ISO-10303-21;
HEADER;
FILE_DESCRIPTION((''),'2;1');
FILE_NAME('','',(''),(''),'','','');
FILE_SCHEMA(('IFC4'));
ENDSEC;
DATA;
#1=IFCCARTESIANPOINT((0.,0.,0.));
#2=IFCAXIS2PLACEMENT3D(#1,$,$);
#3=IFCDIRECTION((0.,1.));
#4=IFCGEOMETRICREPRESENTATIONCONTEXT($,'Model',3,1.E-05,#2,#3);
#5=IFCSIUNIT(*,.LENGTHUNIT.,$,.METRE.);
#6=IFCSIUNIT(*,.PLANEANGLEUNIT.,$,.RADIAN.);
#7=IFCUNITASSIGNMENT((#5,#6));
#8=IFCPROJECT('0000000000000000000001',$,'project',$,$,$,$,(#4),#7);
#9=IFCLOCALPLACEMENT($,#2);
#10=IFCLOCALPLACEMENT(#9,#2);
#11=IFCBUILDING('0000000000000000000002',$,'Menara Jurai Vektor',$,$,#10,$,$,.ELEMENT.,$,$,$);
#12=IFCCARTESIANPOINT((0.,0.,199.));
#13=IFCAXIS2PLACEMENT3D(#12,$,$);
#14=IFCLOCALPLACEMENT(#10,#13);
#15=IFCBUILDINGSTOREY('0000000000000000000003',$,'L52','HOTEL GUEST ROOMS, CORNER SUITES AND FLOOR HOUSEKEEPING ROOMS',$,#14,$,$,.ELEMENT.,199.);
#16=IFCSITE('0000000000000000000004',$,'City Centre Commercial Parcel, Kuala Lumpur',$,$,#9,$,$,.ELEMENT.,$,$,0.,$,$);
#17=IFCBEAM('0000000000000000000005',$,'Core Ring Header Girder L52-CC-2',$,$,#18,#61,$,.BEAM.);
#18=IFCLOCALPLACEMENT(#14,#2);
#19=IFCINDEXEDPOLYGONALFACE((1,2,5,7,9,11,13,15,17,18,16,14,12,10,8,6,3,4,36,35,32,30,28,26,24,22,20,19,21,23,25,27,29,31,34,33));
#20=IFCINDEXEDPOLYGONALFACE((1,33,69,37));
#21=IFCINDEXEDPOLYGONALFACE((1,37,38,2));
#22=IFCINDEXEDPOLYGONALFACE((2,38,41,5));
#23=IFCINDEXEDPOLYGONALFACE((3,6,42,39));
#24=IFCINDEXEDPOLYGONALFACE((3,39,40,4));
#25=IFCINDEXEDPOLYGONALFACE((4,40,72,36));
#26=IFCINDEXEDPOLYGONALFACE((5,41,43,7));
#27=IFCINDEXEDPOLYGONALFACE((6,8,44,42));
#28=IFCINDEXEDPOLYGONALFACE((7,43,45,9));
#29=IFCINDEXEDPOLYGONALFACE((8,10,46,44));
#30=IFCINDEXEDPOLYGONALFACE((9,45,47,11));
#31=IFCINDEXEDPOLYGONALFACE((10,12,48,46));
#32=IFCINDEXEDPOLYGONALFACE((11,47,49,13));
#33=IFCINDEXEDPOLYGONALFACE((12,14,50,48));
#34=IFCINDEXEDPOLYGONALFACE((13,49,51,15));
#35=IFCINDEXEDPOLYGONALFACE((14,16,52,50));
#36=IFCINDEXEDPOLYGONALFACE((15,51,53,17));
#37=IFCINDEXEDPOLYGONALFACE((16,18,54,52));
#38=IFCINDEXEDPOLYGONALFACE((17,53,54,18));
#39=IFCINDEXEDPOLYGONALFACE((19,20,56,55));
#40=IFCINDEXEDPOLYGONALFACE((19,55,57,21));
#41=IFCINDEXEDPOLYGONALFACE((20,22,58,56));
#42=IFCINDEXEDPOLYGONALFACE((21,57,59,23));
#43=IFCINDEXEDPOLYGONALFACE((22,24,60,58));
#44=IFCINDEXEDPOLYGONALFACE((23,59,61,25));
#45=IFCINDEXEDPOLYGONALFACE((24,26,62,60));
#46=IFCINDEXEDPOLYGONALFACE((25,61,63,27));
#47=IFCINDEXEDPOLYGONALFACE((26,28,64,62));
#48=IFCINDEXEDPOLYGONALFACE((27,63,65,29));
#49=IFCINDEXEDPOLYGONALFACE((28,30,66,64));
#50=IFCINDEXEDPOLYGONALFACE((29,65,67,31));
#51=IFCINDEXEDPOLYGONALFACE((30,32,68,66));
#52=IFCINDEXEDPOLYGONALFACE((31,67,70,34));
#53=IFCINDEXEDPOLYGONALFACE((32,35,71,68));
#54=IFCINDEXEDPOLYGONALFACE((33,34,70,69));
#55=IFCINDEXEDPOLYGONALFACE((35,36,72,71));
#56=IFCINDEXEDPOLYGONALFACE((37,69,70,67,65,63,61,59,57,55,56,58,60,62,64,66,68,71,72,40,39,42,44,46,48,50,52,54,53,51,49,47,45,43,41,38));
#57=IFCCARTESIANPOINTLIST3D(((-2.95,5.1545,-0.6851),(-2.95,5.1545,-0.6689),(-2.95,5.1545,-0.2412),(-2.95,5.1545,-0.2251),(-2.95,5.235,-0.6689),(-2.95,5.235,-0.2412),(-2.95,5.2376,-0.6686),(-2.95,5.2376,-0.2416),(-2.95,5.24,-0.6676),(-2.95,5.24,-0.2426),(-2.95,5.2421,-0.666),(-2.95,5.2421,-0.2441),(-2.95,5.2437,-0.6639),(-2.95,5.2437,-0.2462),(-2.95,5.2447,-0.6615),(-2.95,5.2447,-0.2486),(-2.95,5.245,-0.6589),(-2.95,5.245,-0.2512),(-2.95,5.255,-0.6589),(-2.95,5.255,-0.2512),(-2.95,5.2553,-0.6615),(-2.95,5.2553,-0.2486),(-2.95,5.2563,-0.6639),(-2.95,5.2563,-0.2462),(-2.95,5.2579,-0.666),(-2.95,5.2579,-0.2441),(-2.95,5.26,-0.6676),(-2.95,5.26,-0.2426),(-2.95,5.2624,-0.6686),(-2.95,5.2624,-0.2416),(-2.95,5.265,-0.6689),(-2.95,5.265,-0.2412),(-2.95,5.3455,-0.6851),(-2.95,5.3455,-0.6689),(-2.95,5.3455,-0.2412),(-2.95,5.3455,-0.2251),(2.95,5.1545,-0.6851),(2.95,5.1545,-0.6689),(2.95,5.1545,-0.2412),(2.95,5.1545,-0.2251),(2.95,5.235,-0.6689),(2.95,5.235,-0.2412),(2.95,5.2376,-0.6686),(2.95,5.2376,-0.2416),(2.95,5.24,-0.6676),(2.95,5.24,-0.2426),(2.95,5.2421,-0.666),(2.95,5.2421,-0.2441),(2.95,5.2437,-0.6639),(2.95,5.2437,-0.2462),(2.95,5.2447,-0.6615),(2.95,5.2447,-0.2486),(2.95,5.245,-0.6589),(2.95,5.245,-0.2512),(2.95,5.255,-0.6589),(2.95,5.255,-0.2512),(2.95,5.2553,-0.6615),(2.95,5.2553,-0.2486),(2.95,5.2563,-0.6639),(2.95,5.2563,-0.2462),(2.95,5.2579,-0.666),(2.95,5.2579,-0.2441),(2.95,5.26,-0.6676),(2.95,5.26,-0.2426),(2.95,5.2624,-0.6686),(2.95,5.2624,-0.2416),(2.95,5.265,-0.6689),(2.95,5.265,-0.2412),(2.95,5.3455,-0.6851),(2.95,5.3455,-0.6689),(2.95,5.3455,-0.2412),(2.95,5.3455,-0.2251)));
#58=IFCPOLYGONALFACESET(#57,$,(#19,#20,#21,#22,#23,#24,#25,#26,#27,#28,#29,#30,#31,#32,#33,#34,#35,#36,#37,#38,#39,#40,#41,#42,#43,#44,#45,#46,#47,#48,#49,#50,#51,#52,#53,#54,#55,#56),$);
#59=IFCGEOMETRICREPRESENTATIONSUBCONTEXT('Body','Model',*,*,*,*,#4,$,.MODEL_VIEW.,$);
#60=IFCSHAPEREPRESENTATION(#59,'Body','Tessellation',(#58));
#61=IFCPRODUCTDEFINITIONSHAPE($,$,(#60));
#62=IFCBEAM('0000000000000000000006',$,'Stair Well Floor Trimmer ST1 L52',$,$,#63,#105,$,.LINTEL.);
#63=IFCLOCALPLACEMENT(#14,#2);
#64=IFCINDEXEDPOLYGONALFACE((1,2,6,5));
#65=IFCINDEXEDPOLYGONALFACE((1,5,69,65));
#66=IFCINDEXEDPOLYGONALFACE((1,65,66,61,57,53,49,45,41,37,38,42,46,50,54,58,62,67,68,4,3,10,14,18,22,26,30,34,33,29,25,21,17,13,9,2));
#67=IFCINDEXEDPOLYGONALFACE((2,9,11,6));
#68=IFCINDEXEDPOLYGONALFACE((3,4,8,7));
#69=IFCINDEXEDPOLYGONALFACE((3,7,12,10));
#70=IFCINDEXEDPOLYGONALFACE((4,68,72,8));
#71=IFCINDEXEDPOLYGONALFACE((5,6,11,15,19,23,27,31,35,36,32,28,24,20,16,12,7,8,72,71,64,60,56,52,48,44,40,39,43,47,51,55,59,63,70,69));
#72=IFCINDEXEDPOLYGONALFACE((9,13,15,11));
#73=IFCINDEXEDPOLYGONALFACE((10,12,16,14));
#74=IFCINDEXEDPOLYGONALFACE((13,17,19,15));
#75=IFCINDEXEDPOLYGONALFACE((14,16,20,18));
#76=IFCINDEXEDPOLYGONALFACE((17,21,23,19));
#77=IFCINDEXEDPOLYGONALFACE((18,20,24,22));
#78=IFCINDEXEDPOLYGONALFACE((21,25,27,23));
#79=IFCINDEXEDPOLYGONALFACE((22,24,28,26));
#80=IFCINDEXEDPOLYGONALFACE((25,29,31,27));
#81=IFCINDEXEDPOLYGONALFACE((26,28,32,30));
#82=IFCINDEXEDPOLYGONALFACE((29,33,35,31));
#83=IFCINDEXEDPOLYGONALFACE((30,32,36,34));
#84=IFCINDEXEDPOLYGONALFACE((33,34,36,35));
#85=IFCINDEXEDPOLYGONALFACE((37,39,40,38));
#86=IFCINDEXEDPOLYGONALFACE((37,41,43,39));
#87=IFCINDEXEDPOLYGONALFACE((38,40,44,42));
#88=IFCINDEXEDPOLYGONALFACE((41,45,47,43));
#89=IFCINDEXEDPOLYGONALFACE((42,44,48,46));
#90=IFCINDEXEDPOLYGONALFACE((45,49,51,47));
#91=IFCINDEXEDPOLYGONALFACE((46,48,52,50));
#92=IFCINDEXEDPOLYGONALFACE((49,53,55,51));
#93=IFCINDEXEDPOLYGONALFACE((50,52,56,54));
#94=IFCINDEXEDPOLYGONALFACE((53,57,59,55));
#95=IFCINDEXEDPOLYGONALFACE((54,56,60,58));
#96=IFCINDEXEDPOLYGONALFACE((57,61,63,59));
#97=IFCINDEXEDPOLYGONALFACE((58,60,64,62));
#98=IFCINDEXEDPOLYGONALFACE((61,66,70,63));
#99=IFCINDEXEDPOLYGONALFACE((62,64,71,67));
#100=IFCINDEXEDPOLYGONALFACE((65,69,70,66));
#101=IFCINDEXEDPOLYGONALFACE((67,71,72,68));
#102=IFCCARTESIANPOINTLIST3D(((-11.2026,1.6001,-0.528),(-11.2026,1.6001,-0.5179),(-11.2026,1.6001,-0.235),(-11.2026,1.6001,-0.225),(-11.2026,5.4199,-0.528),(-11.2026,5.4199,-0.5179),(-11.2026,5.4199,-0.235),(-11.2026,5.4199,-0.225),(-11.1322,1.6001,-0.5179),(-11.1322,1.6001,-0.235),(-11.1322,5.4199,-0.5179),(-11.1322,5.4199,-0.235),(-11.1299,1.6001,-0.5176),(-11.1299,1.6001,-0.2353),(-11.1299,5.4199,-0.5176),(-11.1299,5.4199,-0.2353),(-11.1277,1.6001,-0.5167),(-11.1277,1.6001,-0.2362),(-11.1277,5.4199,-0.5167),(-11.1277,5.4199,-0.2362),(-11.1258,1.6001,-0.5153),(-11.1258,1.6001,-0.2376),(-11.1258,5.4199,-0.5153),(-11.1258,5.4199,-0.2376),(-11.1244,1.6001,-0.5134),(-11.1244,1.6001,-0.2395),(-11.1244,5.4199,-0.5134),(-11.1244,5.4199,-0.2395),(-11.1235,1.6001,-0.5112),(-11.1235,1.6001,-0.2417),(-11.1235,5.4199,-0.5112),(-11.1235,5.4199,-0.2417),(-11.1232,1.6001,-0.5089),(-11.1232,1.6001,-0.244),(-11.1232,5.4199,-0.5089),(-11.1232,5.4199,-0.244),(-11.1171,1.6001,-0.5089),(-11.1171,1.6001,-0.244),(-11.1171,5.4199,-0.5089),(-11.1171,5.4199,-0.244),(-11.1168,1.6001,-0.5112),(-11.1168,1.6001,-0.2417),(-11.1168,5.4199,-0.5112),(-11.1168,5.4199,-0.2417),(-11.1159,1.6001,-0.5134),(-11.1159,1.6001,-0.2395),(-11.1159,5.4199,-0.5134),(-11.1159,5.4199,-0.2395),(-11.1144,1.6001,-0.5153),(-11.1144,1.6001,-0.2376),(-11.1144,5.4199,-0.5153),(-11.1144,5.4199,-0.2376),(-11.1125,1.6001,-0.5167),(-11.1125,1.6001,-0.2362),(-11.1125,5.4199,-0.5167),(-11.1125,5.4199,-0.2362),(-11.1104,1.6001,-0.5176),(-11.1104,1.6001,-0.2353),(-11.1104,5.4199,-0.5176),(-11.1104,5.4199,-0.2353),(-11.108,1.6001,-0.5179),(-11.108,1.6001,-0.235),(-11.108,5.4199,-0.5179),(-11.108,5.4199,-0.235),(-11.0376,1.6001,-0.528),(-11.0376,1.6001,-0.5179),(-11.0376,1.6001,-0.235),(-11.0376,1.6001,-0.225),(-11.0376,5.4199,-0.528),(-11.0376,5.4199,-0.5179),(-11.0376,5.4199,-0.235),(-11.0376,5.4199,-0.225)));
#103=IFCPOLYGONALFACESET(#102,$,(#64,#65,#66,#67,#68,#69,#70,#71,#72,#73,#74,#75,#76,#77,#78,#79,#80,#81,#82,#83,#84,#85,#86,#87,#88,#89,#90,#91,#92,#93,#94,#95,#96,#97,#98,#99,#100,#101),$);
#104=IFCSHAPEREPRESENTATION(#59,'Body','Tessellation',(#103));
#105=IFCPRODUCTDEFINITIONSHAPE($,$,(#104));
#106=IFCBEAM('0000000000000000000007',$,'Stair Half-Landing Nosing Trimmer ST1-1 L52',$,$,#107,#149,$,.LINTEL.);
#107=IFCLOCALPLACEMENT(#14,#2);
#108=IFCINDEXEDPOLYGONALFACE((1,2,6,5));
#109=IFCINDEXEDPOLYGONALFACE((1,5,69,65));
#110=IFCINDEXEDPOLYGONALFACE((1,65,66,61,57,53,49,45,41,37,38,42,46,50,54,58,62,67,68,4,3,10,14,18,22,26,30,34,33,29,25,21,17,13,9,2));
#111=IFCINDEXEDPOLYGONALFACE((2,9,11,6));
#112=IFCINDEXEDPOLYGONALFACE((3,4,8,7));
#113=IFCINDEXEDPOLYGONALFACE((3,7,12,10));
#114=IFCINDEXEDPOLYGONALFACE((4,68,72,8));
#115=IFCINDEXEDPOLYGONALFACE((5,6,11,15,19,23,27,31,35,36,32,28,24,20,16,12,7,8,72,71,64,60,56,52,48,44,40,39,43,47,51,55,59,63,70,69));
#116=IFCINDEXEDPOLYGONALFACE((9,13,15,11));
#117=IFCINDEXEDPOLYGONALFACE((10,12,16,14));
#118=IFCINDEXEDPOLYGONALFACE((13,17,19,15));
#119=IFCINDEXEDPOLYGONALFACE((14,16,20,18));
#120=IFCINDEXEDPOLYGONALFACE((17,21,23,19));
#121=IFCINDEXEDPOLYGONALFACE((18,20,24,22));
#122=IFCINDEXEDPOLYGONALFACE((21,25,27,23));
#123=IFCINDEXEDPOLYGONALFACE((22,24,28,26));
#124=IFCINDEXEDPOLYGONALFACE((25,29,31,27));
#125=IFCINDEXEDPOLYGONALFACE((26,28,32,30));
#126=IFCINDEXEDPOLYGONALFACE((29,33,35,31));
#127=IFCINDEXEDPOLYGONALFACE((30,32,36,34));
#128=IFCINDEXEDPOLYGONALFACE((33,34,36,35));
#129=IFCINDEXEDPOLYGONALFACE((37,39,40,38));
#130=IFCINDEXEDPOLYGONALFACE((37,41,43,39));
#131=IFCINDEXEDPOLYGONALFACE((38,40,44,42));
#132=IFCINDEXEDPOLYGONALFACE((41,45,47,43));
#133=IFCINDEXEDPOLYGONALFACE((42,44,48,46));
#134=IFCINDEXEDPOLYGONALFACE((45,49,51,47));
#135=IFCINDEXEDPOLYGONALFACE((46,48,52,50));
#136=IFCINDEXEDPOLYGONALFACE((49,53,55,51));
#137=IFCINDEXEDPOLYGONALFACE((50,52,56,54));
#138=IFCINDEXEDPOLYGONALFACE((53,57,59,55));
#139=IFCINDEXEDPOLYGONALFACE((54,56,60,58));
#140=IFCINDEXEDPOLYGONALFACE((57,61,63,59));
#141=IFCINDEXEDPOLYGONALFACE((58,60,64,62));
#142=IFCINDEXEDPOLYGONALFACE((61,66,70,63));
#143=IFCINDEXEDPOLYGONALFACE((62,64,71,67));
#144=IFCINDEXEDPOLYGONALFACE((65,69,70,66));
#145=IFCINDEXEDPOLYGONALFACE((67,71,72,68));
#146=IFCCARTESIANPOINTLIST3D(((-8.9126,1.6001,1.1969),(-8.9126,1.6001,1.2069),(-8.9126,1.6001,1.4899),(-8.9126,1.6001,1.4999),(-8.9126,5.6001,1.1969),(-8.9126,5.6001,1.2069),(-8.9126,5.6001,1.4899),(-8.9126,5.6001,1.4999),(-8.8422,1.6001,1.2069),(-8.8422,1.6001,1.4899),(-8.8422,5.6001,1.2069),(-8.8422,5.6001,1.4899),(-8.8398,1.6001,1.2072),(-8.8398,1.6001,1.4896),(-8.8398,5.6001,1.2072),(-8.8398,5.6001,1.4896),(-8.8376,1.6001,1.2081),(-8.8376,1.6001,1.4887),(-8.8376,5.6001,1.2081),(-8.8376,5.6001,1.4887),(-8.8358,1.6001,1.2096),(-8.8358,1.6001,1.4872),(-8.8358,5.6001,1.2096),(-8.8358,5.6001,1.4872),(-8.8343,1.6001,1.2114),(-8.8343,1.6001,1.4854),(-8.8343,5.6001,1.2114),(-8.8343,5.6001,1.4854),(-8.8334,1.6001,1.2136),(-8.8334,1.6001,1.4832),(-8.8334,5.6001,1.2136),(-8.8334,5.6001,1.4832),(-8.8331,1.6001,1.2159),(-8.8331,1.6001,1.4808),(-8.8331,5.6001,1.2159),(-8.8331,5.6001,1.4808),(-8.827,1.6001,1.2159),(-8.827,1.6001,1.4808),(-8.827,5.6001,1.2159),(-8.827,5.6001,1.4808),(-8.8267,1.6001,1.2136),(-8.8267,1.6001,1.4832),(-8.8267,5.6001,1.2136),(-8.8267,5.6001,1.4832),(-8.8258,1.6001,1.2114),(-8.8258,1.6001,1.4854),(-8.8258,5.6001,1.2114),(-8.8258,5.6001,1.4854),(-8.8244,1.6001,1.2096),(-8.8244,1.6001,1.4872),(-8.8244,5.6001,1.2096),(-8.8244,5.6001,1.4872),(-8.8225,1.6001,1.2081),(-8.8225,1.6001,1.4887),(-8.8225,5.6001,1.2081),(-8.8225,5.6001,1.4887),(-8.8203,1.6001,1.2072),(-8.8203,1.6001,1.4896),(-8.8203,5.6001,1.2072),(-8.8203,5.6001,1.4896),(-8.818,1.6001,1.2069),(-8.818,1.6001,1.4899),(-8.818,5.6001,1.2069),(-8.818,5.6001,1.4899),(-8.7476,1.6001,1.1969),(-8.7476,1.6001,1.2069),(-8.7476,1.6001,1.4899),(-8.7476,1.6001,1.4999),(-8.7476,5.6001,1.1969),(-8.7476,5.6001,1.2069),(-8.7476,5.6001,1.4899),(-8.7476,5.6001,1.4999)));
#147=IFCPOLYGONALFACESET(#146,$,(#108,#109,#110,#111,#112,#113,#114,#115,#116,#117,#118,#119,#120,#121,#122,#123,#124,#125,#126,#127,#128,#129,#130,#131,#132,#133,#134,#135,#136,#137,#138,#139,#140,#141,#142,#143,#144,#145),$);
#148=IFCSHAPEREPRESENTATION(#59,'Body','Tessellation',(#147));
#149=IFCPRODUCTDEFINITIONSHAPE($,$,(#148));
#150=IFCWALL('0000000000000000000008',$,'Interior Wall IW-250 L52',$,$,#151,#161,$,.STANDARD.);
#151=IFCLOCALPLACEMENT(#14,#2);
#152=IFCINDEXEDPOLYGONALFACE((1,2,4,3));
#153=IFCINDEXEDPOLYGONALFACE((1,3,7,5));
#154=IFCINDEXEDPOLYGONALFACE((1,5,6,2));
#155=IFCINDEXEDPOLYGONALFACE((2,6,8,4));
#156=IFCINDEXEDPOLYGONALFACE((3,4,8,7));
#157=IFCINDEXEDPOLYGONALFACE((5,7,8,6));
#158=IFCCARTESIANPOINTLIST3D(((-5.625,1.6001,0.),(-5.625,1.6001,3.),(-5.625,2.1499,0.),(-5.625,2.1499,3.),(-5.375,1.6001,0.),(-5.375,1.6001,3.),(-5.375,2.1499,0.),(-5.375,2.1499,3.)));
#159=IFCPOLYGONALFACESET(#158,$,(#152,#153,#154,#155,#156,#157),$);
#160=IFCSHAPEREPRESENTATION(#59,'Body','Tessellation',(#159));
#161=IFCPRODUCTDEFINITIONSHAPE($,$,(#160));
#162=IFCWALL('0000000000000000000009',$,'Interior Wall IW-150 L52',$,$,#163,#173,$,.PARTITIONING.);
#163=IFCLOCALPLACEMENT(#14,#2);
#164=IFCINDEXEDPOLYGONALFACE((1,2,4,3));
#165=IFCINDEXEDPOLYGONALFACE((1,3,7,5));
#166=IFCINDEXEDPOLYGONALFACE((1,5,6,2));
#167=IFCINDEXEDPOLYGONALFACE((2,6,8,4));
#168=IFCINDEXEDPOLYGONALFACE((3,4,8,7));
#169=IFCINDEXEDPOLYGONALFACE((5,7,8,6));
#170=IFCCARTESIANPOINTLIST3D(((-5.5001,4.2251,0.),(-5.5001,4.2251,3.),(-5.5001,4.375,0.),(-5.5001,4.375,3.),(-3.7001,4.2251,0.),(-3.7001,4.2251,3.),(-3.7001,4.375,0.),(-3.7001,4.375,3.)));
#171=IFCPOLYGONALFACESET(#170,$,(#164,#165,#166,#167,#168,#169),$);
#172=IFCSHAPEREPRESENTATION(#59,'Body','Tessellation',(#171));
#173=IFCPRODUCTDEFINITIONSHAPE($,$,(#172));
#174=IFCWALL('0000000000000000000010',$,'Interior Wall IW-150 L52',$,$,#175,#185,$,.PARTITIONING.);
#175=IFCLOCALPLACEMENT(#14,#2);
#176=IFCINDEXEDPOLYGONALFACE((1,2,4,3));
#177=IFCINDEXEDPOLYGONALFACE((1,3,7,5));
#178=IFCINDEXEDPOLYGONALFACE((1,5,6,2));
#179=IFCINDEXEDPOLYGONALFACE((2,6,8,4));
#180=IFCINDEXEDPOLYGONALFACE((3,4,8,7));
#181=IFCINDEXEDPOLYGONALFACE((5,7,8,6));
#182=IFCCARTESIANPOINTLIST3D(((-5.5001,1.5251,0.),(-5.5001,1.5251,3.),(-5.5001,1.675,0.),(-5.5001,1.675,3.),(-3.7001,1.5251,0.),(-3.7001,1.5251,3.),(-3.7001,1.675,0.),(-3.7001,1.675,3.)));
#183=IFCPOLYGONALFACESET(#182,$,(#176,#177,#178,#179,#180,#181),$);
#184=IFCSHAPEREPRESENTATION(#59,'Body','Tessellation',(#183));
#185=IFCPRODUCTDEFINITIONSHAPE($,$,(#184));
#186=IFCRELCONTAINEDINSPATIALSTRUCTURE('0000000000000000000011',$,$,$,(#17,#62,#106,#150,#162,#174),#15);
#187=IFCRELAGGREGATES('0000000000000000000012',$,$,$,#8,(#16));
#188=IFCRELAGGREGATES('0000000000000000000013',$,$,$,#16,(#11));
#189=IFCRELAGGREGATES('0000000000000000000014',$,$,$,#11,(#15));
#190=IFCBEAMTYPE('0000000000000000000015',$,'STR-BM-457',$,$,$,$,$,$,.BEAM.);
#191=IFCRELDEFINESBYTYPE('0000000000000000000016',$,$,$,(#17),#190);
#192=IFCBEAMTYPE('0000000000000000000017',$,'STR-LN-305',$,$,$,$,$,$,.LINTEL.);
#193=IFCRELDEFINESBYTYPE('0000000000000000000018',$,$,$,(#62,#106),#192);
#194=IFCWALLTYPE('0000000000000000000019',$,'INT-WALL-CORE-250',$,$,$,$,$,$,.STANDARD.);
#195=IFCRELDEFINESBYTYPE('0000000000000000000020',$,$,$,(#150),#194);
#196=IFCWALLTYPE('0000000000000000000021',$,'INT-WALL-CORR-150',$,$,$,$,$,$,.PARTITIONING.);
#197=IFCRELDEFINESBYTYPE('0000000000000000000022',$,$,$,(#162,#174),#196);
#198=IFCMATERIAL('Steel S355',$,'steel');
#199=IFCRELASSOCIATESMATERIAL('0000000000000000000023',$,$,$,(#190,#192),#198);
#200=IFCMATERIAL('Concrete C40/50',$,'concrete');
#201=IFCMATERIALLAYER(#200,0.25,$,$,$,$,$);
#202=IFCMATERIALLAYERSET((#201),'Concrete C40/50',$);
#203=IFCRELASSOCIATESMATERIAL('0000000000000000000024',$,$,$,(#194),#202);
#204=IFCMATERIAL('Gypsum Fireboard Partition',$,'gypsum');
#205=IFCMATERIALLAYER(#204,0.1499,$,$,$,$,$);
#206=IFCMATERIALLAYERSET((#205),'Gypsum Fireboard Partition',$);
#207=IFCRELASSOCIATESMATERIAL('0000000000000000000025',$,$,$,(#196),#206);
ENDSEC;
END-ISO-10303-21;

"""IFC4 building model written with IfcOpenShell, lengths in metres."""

from ifc_helpers import new_model, si_unit, direction, frame, frame_2d, origin, origin_2d, place, context, subcontext, project, spatial, rectangle, i_section, extrude, material, layer, layer_set, material_profile, profile_set, type_object, element, save


model = new_model("IFC4")

# Units and contexts
model_context = context("Model", 3, precision=1e-05, world=origin(), true_north=direction((0.0, 1.0)))
body_context = subcontext(model_context, "Body", "Model", "MODEL_VIEW")
ifc_project = project(units=[si_unit("LENGTHUNIT", "METRE"), si_unit("PLANEANGLEUNIT", "RADIAN")], contexts=[model_context])

# Site, building, storey
site_placement = place(None, origin())
site = spatial("IfcSite", under=ifc_project, at=site_placement, Name="City Centre Commercial Parcel, Kuala Lumpur", CompositionType="ELEMENT", RefElevation=0.0)
building_placement = place(site_placement, origin())
building = spatial("IfcBuilding", under=site, at=building_placement, Name="Menara Jurai Vektor", CompositionType="ELEMENT")
storey_placement = place(building_placement, frame((0.0, 0.0, 199.0)))
storey = spatial("IfcBuildingStorey", under=building, at=storey_placement, Name="L52", Description="HOTEL GUEST ROOMS, CORNER SUITES AND FLOOR HOUSEKEEPING ROOMS", CompositionType="ELEMENT", Elevation=199.0)

# Shared definitions
ifc_material_1 = material(Name="Steel S355", Category="steel")

# Beams
ifc_material_profile_1 = material_profile(ifc_material_1, i_section(OverallWidth=0.1909, OverallDepth=0.46, WebThickness=0.01, FlangeThickness=0.0161, FilletRadius=0.01, at=origin_2d()), Name="UKB 457x191x82")
ifc_profile_set_1 = profile_set([ifc_material_profile_1], Name="Steel S355")
beam_type_1 = type_object("IfcBeamType", Name="STR-BM-457", PredefinedType="BEAM", material=ifc_profile_set_1)
beam_1_placement = place(storey_placement, frame((-2.95, 5.25, -0.4551), z_axis=(1.0, 0.0, 0.0), x_axis=(0.0, 1.0, 0.0)))
element("IfcBeam", 1, at=beam_1_placement, inside=storey, type_object=beam_type_1, Name="Core Ring Header Girder L52-CC-2", PredefinedType="BEAM", context=body_context, shape_type="SweptSolid", body=[
    extrude(i_section(OverallWidth=0.1909, OverallDepth=0.46, WebThickness=0.01, FlangeThickness=0.0161, FilletRadius=0.01, at=origin_2d()), origin(), (0.0, 0.0, 1.0), 5.8999),
])
ifc_material_profile_2 = material_profile(ifc_material_1, i_section(OverallWidth=0.165, OverallDepth=0.303, WebThickness=0.0061, FlangeThickness=0.01, FilletRadius=0.009, at=origin_2d()), Name="UKB 305x165x40")
ifc_profile_set_2 = profile_set([ifc_material_profile_2], Name="Steel S355")
beam_type_2 = type_object("IfcBeamType", Name="STR-LN-305", PredefinedType="LINTEL", material=ifc_profile_set_2)
beam_2_placement = place(storey_placement, frame((-11.1201, 1.6001, -0.3765), z_axis=(0.0, 1.0, 0.0), x_axis=(-1.0, 0.0, 0.0)))
element("IfcBeam", 2, at=beam_2_placement, inside=storey, type_object=beam_type_2, Name="Stair Well Floor Trimmer ST1 L52", PredefinedType="LINTEL", context=body_context, shape_type="SweptSolid", body=[
    extrude(i_section(OverallWidth=0.165, OverallDepth=0.303, WebThickness=0.0061, FlangeThickness=0.01, FilletRadius=0.009, at=origin_2d()), origin(), (0.0, 0.0, 1.0), 3.8198),
])
beam_3_placement = place(storey_placement, frame((-8.8301, 1.6001, 1.3484), z_axis=(0.0, 1.0, 0.0), x_axis=(-1.0, 0.0, 0.0)))
element("IfcBeam", 3, at=beam_3_placement, inside=storey, type_object=beam_type_2, Name="Stair Half-Landing Nosing Trimmer ST1-1 L52", PredefinedType="LINTEL", context=body_context, shape_type="SweptSolid", body=[
    extrude(i_section(OverallWidth=0.165, OverallDepth=0.303, WebThickness=0.0061, FlangeThickness=0.01, FilletRadius=0.009, at=origin_2d()), origin(), (0.0, 0.0, 1.0), 4.0),
])

# Shared definitions
ifc_material_2 = material(Name="Concrete C40/50", Category="concrete")
ifc_layer_1 = layer(ifc_material_2, 0.25)
ifc_layer_set_1 = layer_set([ifc_layer_1], Name="Concrete C40/50")
wall_type_1 = type_object("IfcWallType", Name="INT-WALL-CORE-250", PredefinedType="STANDARD", material=ifc_layer_set_1)

# Walls
wall_1_placement = place(storey_placement, frame((-5.5, 1.6001, 0.0), z_axis=(0.0, 0.0, 1.0), x_axis=(0.0, 1.0, 0.0)))
element("IfcWall", 4, at=wall_1_placement, inside=storey, type_object=wall_type_1, Name="Interior Wall IW-250 L52", PredefinedType="STANDARD", context=body_context, shape_type="SweptSolid", body=[
    extrude(rectangle(XDim=0.5498, YDim=0.25, at=frame_2d((0.2749, 0.0))), origin(), (0.0, 0.0, 1.0), 3.0),
])
ifc_material_3 = material(Name="Gypsum Fireboard Partition", Category="gypsum")
ifc_layer_2 = layer(ifc_material_3, 0.1499)
ifc_layer_set_2 = layer_set([ifc_layer_2], Name="Gypsum Fireboard Partition")
wall_type_2 = type_object("IfcWallType", Name="INT-WALL-CORR-150", PredefinedType="PARTITIONING", material=ifc_layer_set_2)
for number, where, z_axis, x_axis, name in (
    (5, (-5.5, 4.3, 0.0), (0.0, 0.0, 1.0), (1.0, 0.0, 0.0), "Interior Wall IW-150 L52"),
    (6, (-5.5, 1.6001, 0.0), (0.0, 0.0, 1.0), (1.0, 0.0, 0.0), "Interior Wall IW-150 L52"),
):
    element("IfcWall", number, at=place(storey_placement, frame(where, z_axis=z_axis, x_axis=x_axis)), inside=storey, type_object=wall_type_2, Name=name, PredefinedType="PARTITIONING", context=body_context, shape_type="SweptSolid", body=[
        extrude(rectangle(XDim=1.8, YDim=0.1499, at=frame_2d((0.8999, 0.0))), origin(), (0.0, 0.0, 1.0), 3.0),
    ])

save(model, "model.ifc")
